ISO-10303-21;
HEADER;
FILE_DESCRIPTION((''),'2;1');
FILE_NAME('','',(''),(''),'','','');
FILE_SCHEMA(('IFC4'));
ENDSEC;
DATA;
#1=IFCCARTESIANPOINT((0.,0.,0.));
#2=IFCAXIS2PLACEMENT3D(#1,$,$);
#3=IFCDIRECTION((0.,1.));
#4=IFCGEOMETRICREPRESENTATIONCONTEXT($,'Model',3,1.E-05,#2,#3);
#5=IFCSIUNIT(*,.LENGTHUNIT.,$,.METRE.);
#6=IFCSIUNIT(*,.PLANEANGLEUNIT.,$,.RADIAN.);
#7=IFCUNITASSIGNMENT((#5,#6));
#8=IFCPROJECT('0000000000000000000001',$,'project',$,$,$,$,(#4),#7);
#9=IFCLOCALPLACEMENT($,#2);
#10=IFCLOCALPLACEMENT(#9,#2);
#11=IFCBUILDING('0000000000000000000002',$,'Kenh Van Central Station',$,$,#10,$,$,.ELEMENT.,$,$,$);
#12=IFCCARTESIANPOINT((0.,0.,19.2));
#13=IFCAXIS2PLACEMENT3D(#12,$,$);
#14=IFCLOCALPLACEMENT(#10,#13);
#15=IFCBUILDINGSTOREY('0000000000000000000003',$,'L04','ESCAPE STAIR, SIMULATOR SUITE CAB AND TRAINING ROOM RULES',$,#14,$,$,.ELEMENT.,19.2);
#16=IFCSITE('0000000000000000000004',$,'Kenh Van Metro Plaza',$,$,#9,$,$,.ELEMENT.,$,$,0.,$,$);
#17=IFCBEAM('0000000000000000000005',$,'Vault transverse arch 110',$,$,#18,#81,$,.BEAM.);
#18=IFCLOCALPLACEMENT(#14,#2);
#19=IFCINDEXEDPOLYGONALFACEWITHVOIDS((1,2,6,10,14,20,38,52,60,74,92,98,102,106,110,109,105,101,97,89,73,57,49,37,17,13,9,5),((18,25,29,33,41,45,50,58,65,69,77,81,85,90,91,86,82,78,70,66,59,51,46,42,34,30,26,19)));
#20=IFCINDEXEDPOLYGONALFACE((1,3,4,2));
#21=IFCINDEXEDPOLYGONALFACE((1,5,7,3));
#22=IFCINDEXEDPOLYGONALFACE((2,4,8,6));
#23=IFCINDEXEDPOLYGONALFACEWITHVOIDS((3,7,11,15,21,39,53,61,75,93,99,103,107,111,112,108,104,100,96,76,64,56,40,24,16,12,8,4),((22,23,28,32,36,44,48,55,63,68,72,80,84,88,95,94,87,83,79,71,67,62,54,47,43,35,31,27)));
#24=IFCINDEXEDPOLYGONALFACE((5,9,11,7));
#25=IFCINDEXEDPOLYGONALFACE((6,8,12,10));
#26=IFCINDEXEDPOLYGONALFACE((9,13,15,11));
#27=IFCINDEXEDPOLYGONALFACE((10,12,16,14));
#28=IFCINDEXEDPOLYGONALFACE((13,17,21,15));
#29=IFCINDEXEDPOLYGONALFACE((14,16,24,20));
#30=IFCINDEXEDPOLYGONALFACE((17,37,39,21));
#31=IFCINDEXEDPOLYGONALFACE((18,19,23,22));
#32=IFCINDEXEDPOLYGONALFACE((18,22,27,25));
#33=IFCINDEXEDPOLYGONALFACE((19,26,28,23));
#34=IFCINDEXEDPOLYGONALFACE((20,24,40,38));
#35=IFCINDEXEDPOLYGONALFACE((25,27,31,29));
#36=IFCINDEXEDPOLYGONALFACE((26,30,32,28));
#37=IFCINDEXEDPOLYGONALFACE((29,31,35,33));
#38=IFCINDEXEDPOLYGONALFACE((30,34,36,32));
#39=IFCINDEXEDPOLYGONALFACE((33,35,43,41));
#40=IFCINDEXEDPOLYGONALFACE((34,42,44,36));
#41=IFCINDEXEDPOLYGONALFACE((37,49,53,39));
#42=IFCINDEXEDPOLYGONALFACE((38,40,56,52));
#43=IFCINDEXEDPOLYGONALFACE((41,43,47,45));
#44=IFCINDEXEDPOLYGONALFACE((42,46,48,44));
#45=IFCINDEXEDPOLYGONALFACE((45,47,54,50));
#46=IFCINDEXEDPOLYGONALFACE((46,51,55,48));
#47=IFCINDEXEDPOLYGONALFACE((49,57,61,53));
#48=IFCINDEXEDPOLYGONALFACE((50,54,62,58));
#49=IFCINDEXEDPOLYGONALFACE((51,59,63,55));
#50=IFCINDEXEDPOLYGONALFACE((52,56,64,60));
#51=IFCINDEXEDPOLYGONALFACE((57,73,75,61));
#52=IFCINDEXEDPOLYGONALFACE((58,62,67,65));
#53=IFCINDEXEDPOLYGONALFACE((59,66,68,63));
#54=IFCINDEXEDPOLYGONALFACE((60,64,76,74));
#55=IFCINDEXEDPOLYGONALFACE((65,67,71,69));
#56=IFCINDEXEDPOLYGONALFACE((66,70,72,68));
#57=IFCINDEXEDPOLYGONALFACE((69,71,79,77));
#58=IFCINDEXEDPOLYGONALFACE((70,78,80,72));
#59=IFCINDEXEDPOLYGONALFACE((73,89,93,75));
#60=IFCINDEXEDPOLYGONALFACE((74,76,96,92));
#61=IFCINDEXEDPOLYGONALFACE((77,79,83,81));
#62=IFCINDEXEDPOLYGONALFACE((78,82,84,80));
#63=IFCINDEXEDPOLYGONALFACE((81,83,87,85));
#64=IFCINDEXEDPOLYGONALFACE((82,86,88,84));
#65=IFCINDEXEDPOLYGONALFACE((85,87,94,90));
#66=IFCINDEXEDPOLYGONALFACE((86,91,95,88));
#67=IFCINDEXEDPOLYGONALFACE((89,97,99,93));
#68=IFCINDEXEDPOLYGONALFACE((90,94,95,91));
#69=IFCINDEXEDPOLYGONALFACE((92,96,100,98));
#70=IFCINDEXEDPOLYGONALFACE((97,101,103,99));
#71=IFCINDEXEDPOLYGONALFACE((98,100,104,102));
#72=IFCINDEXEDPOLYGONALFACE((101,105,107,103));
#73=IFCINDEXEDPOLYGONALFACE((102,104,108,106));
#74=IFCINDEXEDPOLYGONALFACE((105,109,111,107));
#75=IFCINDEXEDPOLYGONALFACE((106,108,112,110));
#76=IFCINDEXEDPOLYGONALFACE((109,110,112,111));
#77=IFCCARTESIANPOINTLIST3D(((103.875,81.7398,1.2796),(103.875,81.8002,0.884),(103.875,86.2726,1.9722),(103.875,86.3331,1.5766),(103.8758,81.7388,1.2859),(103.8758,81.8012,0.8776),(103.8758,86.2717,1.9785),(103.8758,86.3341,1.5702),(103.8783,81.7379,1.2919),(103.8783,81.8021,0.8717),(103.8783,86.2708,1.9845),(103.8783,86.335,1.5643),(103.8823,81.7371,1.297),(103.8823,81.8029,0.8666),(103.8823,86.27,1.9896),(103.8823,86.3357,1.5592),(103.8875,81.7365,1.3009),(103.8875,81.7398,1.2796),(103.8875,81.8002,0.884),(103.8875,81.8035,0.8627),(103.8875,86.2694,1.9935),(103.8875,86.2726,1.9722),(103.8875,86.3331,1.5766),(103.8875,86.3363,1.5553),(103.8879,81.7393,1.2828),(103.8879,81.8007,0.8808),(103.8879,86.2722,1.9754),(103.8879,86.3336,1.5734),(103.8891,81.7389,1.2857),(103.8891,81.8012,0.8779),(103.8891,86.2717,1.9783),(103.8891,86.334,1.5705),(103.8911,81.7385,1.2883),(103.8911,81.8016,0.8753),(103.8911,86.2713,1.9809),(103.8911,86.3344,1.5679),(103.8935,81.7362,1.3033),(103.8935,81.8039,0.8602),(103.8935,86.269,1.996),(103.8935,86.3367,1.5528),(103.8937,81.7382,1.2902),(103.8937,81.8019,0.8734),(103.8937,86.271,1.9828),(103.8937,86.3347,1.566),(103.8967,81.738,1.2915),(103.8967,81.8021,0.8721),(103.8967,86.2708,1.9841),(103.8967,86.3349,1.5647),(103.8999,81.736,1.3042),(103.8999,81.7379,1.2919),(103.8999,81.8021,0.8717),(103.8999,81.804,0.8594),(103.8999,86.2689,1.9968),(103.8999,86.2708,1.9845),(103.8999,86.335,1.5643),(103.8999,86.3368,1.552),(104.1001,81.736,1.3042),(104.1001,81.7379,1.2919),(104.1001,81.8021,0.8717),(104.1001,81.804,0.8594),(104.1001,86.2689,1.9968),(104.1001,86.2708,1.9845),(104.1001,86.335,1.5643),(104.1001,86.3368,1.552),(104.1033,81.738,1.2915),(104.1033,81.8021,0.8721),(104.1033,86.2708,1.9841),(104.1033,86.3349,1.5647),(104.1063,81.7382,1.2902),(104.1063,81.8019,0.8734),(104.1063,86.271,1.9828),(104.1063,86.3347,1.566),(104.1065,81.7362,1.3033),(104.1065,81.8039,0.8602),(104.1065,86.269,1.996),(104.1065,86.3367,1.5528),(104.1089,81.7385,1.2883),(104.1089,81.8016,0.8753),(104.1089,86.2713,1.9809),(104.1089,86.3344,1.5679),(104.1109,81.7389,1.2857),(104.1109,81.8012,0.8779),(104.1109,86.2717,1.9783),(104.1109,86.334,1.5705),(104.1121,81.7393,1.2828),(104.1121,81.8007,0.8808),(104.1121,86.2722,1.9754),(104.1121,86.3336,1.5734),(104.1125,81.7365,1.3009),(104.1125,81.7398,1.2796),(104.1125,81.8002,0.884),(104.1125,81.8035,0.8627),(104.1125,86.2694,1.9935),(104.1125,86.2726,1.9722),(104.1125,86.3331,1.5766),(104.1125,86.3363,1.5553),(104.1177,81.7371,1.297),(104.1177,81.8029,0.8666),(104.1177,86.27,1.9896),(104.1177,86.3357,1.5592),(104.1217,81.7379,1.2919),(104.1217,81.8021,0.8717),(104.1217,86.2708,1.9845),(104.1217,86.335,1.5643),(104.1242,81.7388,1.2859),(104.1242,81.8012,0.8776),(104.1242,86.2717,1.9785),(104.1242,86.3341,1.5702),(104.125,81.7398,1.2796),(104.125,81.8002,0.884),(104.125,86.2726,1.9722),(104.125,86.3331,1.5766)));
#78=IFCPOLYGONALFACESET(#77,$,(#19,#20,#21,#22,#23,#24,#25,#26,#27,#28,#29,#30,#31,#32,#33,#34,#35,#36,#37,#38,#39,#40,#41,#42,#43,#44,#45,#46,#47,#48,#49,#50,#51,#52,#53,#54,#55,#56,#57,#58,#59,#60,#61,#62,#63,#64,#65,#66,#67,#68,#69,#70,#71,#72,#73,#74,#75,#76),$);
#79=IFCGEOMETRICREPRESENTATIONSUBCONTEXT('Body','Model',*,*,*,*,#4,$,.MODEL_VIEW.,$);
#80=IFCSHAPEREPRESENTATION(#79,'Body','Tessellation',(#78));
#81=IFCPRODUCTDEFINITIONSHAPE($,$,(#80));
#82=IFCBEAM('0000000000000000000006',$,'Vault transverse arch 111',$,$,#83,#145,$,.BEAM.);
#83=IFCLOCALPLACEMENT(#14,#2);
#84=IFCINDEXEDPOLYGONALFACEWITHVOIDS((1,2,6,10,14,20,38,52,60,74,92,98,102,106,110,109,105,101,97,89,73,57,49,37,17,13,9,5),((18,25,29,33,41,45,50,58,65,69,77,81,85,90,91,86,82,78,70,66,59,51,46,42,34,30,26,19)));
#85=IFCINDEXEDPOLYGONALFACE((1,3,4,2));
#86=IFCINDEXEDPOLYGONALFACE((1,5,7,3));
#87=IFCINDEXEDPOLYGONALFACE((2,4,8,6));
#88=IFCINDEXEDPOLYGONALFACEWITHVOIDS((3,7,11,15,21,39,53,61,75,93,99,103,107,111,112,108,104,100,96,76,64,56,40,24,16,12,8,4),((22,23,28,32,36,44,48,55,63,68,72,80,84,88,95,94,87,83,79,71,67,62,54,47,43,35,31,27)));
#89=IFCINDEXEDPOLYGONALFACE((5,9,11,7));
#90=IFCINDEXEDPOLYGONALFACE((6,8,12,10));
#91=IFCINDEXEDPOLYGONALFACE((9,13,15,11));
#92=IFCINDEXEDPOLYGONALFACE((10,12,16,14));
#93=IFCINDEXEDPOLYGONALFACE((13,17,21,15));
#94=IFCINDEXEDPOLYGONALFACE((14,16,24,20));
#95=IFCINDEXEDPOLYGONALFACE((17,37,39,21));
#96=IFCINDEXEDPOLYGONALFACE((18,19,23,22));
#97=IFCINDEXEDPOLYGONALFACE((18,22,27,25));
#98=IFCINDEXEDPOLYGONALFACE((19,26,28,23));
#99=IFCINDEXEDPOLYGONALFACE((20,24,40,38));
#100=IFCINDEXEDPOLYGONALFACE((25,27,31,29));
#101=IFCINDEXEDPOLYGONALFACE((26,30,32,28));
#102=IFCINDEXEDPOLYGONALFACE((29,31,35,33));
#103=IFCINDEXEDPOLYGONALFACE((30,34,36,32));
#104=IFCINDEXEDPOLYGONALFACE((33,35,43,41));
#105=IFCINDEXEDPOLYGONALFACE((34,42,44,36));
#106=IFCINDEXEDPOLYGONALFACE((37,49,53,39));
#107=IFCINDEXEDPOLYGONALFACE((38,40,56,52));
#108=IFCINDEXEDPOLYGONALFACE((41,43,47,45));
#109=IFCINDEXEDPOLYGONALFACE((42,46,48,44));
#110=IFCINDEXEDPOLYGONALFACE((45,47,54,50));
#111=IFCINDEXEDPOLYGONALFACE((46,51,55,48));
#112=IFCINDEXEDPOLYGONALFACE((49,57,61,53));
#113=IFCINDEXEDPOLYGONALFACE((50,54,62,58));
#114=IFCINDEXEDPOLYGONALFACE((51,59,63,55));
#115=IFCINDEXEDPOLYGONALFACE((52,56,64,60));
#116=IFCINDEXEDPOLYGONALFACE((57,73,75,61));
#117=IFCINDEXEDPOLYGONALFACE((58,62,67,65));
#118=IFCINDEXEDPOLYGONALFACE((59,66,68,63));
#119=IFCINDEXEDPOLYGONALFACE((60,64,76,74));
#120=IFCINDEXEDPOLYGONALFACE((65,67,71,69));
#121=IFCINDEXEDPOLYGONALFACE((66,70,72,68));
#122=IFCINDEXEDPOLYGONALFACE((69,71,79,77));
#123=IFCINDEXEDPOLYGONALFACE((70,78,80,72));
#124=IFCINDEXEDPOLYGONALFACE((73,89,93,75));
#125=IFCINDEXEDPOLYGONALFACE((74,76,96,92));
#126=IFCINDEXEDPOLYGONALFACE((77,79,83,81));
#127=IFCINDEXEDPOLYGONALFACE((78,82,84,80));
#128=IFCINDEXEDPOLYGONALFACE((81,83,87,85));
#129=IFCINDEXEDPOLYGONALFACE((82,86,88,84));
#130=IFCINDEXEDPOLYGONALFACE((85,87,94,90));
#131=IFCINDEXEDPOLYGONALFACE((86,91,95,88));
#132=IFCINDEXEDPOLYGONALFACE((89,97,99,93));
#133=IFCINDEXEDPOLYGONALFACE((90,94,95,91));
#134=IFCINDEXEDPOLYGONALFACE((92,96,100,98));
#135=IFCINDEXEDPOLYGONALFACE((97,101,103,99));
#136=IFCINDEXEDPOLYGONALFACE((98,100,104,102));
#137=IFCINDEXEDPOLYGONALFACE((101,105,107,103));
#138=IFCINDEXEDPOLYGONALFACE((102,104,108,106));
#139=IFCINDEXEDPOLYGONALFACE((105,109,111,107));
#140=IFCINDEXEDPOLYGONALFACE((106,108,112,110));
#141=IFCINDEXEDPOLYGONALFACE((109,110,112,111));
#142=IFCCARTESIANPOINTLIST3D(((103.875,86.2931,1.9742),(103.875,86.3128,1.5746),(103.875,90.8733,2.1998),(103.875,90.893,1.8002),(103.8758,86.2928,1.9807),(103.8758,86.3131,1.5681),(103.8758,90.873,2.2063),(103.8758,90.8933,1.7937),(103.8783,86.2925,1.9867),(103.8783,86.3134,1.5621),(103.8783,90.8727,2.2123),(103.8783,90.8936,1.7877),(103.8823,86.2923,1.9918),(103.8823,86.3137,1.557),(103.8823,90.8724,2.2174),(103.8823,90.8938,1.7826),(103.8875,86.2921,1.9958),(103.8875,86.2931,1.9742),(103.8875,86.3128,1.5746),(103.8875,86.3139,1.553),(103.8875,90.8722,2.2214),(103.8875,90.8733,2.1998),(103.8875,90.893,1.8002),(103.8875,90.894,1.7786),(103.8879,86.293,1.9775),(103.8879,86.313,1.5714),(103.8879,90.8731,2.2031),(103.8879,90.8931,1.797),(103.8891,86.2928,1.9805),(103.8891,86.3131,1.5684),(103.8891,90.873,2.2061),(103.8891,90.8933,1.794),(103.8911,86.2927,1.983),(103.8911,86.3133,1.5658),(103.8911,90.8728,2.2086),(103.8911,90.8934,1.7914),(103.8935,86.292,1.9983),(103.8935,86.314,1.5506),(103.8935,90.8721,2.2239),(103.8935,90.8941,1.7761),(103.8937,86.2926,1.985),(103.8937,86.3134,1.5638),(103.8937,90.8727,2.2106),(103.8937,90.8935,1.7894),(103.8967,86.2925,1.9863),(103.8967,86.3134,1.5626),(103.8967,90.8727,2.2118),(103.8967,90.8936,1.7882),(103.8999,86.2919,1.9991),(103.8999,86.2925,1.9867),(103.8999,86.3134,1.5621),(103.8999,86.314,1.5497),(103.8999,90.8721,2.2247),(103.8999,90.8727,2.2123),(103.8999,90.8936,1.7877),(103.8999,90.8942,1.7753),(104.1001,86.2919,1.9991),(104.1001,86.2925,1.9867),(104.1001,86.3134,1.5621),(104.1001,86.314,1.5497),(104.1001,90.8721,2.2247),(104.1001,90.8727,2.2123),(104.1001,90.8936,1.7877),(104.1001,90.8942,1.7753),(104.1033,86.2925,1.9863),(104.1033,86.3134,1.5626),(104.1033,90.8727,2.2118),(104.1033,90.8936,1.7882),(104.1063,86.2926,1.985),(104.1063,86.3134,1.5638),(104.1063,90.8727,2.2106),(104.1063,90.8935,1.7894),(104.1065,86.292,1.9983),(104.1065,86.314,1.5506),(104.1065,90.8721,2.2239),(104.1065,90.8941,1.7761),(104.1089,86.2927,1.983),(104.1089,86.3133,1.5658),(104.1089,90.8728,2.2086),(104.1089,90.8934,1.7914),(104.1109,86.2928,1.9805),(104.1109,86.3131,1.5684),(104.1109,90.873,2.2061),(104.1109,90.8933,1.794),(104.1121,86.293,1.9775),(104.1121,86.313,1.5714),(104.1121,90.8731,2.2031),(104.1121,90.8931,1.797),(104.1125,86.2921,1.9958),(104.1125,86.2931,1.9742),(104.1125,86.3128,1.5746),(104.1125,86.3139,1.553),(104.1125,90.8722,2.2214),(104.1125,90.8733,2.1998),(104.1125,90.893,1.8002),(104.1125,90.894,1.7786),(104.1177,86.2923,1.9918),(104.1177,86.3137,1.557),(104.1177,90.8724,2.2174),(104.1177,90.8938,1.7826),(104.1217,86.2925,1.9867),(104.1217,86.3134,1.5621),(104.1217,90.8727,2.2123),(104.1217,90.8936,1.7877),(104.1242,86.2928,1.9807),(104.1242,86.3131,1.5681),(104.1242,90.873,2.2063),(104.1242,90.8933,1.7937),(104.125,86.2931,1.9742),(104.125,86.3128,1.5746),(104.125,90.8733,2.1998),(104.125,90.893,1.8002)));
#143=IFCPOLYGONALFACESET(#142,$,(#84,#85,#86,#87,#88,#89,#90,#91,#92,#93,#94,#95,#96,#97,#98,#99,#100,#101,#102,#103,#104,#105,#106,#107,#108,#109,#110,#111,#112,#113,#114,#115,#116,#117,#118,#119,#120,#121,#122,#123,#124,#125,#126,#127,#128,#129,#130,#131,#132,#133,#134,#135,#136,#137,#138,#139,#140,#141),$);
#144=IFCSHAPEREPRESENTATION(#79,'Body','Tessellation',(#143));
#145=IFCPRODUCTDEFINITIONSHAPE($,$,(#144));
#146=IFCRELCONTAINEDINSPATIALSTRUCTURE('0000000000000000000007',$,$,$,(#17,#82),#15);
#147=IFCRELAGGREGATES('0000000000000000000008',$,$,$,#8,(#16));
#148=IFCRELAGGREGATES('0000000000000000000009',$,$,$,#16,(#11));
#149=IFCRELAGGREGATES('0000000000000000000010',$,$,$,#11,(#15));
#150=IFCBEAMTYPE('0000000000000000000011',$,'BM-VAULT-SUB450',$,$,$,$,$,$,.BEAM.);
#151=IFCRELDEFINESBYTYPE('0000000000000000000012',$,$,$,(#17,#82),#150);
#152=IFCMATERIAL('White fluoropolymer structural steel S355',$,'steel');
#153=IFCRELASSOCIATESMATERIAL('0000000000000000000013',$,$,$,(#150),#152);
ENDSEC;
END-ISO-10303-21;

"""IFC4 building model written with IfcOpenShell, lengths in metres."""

from ifc_helpers import new_model, si_unit, direction, frame, origin, origin_2d, place, context, subcontext, project, spatial, hollow_rectangle, extrude, material, material_profile, profile_set, type_object, element, save


model = new_model("IFC4")

# Units and contexts
model_context = context("Model", 3, precision=1e-05, world=origin(), true_north=direction((0.0, 1.0)))
body_context = subcontext(model_context, "Body", "Model", "MODEL_VIEW")
ifc_project = project(units=[si_unit("LENGTHUNIT", "METRE"), si_unit("PLANEANGLEUNIT", "RADIAN")], contexts=[model_context])

# Site, building, storey
site_placement = place(None, origin())
site = spatial("IfcSite", under=ifc_project, at=site_placement, Name="Kenh Van Metro Plaza", CompositionType="ELEMENT", RefElevation=0.0)
building_placement = place(site_placement, origin())
building = spatial("IfcBuilding", under=site, at=building_placement, Name="Kenh Van Central Station", CompositionType="ELEMENT")
storey_placement = place(building_placement, frame((0.0, 0.0, 19.2)))
storey = spatial("IfcBuildingStorey", under=building, at=storey_placement, Name="L04", Description="ESCAPE STAIR, SIMULATOR SUITE CAB AND TRAINING ROOM RULES", CompositionType="ELEMENT", Elevation=19.2)

# Beams
ifc_material_1 = material(Name="White fluoropolymer structural steel S355", Category="steel")
ifc_material_profile_1 = material_profile(ifc_material_1, hollow_rectangle(XDim=0.25, YDim=0.45, WallThickness=0.0125, InnerFilletRadius=0.0125, OuterFilletRadius=0.0249, at=origin_2d()), Name="RHS 450x250x12.5")
ifc_profile_set_1 = profile_set([ifc_material_profile_1], Name="White fluoropolymer structural steel S355")
beam_type = type_object("IfcBeamType", Name="BM-VAULT-SUB450", PredefinedType="BEAM", material=ifc_profile_set_1)
beam_1_placement = place(storey_placement, frame((104.0, 81.77, 1.0818), z_axis=(0.0, 0.988527, 0.151045), x_axis=(-1.0, 0.0, 0.0)))
element("IfcBeam", 1, at=beam_1_placement, inside=storey, type_object=beam_type, Name="Vault transverse arch 110", PredefinedType="BEAM", context=body_context, shape_type="SweptSolid", body=[
    extrude(hollow_rectangle(XDim=0.25, YDim=0.45, WallThickness=0.0125, InnerFilletRadius=0.0125, OuterFilletRadius=0.0249, at=origin_2d()), origin(), (0.0, 0.0, 1.0), 4.5854),
])
beam_2_placement = place(storey_placement, frame((104.0, 86.303, 1.7744), z_axis=(0.0, 0.998789, 0.049194), x_axis=(-1.0, 0.0, 0.0)))
element("IfcBeam", 2, at=beam_2_placement, inside=storey, type_object=beam_type, Name="Vault transverse arch 111", PredefinedType="BEAM", context=body_context, shape_type="SweptSolid", body=[
    extrude(hollow_rectangle(XDim=0.25, YDim=0.45, WallThickness=0.0125, InnerFilletRadius=0.0125, OuterFilletRadius=0.0249, at=origin_2d()), origin(), (0.0, 0.0, 1.0), 4.5857),
])

save(model, "model.ifc")
